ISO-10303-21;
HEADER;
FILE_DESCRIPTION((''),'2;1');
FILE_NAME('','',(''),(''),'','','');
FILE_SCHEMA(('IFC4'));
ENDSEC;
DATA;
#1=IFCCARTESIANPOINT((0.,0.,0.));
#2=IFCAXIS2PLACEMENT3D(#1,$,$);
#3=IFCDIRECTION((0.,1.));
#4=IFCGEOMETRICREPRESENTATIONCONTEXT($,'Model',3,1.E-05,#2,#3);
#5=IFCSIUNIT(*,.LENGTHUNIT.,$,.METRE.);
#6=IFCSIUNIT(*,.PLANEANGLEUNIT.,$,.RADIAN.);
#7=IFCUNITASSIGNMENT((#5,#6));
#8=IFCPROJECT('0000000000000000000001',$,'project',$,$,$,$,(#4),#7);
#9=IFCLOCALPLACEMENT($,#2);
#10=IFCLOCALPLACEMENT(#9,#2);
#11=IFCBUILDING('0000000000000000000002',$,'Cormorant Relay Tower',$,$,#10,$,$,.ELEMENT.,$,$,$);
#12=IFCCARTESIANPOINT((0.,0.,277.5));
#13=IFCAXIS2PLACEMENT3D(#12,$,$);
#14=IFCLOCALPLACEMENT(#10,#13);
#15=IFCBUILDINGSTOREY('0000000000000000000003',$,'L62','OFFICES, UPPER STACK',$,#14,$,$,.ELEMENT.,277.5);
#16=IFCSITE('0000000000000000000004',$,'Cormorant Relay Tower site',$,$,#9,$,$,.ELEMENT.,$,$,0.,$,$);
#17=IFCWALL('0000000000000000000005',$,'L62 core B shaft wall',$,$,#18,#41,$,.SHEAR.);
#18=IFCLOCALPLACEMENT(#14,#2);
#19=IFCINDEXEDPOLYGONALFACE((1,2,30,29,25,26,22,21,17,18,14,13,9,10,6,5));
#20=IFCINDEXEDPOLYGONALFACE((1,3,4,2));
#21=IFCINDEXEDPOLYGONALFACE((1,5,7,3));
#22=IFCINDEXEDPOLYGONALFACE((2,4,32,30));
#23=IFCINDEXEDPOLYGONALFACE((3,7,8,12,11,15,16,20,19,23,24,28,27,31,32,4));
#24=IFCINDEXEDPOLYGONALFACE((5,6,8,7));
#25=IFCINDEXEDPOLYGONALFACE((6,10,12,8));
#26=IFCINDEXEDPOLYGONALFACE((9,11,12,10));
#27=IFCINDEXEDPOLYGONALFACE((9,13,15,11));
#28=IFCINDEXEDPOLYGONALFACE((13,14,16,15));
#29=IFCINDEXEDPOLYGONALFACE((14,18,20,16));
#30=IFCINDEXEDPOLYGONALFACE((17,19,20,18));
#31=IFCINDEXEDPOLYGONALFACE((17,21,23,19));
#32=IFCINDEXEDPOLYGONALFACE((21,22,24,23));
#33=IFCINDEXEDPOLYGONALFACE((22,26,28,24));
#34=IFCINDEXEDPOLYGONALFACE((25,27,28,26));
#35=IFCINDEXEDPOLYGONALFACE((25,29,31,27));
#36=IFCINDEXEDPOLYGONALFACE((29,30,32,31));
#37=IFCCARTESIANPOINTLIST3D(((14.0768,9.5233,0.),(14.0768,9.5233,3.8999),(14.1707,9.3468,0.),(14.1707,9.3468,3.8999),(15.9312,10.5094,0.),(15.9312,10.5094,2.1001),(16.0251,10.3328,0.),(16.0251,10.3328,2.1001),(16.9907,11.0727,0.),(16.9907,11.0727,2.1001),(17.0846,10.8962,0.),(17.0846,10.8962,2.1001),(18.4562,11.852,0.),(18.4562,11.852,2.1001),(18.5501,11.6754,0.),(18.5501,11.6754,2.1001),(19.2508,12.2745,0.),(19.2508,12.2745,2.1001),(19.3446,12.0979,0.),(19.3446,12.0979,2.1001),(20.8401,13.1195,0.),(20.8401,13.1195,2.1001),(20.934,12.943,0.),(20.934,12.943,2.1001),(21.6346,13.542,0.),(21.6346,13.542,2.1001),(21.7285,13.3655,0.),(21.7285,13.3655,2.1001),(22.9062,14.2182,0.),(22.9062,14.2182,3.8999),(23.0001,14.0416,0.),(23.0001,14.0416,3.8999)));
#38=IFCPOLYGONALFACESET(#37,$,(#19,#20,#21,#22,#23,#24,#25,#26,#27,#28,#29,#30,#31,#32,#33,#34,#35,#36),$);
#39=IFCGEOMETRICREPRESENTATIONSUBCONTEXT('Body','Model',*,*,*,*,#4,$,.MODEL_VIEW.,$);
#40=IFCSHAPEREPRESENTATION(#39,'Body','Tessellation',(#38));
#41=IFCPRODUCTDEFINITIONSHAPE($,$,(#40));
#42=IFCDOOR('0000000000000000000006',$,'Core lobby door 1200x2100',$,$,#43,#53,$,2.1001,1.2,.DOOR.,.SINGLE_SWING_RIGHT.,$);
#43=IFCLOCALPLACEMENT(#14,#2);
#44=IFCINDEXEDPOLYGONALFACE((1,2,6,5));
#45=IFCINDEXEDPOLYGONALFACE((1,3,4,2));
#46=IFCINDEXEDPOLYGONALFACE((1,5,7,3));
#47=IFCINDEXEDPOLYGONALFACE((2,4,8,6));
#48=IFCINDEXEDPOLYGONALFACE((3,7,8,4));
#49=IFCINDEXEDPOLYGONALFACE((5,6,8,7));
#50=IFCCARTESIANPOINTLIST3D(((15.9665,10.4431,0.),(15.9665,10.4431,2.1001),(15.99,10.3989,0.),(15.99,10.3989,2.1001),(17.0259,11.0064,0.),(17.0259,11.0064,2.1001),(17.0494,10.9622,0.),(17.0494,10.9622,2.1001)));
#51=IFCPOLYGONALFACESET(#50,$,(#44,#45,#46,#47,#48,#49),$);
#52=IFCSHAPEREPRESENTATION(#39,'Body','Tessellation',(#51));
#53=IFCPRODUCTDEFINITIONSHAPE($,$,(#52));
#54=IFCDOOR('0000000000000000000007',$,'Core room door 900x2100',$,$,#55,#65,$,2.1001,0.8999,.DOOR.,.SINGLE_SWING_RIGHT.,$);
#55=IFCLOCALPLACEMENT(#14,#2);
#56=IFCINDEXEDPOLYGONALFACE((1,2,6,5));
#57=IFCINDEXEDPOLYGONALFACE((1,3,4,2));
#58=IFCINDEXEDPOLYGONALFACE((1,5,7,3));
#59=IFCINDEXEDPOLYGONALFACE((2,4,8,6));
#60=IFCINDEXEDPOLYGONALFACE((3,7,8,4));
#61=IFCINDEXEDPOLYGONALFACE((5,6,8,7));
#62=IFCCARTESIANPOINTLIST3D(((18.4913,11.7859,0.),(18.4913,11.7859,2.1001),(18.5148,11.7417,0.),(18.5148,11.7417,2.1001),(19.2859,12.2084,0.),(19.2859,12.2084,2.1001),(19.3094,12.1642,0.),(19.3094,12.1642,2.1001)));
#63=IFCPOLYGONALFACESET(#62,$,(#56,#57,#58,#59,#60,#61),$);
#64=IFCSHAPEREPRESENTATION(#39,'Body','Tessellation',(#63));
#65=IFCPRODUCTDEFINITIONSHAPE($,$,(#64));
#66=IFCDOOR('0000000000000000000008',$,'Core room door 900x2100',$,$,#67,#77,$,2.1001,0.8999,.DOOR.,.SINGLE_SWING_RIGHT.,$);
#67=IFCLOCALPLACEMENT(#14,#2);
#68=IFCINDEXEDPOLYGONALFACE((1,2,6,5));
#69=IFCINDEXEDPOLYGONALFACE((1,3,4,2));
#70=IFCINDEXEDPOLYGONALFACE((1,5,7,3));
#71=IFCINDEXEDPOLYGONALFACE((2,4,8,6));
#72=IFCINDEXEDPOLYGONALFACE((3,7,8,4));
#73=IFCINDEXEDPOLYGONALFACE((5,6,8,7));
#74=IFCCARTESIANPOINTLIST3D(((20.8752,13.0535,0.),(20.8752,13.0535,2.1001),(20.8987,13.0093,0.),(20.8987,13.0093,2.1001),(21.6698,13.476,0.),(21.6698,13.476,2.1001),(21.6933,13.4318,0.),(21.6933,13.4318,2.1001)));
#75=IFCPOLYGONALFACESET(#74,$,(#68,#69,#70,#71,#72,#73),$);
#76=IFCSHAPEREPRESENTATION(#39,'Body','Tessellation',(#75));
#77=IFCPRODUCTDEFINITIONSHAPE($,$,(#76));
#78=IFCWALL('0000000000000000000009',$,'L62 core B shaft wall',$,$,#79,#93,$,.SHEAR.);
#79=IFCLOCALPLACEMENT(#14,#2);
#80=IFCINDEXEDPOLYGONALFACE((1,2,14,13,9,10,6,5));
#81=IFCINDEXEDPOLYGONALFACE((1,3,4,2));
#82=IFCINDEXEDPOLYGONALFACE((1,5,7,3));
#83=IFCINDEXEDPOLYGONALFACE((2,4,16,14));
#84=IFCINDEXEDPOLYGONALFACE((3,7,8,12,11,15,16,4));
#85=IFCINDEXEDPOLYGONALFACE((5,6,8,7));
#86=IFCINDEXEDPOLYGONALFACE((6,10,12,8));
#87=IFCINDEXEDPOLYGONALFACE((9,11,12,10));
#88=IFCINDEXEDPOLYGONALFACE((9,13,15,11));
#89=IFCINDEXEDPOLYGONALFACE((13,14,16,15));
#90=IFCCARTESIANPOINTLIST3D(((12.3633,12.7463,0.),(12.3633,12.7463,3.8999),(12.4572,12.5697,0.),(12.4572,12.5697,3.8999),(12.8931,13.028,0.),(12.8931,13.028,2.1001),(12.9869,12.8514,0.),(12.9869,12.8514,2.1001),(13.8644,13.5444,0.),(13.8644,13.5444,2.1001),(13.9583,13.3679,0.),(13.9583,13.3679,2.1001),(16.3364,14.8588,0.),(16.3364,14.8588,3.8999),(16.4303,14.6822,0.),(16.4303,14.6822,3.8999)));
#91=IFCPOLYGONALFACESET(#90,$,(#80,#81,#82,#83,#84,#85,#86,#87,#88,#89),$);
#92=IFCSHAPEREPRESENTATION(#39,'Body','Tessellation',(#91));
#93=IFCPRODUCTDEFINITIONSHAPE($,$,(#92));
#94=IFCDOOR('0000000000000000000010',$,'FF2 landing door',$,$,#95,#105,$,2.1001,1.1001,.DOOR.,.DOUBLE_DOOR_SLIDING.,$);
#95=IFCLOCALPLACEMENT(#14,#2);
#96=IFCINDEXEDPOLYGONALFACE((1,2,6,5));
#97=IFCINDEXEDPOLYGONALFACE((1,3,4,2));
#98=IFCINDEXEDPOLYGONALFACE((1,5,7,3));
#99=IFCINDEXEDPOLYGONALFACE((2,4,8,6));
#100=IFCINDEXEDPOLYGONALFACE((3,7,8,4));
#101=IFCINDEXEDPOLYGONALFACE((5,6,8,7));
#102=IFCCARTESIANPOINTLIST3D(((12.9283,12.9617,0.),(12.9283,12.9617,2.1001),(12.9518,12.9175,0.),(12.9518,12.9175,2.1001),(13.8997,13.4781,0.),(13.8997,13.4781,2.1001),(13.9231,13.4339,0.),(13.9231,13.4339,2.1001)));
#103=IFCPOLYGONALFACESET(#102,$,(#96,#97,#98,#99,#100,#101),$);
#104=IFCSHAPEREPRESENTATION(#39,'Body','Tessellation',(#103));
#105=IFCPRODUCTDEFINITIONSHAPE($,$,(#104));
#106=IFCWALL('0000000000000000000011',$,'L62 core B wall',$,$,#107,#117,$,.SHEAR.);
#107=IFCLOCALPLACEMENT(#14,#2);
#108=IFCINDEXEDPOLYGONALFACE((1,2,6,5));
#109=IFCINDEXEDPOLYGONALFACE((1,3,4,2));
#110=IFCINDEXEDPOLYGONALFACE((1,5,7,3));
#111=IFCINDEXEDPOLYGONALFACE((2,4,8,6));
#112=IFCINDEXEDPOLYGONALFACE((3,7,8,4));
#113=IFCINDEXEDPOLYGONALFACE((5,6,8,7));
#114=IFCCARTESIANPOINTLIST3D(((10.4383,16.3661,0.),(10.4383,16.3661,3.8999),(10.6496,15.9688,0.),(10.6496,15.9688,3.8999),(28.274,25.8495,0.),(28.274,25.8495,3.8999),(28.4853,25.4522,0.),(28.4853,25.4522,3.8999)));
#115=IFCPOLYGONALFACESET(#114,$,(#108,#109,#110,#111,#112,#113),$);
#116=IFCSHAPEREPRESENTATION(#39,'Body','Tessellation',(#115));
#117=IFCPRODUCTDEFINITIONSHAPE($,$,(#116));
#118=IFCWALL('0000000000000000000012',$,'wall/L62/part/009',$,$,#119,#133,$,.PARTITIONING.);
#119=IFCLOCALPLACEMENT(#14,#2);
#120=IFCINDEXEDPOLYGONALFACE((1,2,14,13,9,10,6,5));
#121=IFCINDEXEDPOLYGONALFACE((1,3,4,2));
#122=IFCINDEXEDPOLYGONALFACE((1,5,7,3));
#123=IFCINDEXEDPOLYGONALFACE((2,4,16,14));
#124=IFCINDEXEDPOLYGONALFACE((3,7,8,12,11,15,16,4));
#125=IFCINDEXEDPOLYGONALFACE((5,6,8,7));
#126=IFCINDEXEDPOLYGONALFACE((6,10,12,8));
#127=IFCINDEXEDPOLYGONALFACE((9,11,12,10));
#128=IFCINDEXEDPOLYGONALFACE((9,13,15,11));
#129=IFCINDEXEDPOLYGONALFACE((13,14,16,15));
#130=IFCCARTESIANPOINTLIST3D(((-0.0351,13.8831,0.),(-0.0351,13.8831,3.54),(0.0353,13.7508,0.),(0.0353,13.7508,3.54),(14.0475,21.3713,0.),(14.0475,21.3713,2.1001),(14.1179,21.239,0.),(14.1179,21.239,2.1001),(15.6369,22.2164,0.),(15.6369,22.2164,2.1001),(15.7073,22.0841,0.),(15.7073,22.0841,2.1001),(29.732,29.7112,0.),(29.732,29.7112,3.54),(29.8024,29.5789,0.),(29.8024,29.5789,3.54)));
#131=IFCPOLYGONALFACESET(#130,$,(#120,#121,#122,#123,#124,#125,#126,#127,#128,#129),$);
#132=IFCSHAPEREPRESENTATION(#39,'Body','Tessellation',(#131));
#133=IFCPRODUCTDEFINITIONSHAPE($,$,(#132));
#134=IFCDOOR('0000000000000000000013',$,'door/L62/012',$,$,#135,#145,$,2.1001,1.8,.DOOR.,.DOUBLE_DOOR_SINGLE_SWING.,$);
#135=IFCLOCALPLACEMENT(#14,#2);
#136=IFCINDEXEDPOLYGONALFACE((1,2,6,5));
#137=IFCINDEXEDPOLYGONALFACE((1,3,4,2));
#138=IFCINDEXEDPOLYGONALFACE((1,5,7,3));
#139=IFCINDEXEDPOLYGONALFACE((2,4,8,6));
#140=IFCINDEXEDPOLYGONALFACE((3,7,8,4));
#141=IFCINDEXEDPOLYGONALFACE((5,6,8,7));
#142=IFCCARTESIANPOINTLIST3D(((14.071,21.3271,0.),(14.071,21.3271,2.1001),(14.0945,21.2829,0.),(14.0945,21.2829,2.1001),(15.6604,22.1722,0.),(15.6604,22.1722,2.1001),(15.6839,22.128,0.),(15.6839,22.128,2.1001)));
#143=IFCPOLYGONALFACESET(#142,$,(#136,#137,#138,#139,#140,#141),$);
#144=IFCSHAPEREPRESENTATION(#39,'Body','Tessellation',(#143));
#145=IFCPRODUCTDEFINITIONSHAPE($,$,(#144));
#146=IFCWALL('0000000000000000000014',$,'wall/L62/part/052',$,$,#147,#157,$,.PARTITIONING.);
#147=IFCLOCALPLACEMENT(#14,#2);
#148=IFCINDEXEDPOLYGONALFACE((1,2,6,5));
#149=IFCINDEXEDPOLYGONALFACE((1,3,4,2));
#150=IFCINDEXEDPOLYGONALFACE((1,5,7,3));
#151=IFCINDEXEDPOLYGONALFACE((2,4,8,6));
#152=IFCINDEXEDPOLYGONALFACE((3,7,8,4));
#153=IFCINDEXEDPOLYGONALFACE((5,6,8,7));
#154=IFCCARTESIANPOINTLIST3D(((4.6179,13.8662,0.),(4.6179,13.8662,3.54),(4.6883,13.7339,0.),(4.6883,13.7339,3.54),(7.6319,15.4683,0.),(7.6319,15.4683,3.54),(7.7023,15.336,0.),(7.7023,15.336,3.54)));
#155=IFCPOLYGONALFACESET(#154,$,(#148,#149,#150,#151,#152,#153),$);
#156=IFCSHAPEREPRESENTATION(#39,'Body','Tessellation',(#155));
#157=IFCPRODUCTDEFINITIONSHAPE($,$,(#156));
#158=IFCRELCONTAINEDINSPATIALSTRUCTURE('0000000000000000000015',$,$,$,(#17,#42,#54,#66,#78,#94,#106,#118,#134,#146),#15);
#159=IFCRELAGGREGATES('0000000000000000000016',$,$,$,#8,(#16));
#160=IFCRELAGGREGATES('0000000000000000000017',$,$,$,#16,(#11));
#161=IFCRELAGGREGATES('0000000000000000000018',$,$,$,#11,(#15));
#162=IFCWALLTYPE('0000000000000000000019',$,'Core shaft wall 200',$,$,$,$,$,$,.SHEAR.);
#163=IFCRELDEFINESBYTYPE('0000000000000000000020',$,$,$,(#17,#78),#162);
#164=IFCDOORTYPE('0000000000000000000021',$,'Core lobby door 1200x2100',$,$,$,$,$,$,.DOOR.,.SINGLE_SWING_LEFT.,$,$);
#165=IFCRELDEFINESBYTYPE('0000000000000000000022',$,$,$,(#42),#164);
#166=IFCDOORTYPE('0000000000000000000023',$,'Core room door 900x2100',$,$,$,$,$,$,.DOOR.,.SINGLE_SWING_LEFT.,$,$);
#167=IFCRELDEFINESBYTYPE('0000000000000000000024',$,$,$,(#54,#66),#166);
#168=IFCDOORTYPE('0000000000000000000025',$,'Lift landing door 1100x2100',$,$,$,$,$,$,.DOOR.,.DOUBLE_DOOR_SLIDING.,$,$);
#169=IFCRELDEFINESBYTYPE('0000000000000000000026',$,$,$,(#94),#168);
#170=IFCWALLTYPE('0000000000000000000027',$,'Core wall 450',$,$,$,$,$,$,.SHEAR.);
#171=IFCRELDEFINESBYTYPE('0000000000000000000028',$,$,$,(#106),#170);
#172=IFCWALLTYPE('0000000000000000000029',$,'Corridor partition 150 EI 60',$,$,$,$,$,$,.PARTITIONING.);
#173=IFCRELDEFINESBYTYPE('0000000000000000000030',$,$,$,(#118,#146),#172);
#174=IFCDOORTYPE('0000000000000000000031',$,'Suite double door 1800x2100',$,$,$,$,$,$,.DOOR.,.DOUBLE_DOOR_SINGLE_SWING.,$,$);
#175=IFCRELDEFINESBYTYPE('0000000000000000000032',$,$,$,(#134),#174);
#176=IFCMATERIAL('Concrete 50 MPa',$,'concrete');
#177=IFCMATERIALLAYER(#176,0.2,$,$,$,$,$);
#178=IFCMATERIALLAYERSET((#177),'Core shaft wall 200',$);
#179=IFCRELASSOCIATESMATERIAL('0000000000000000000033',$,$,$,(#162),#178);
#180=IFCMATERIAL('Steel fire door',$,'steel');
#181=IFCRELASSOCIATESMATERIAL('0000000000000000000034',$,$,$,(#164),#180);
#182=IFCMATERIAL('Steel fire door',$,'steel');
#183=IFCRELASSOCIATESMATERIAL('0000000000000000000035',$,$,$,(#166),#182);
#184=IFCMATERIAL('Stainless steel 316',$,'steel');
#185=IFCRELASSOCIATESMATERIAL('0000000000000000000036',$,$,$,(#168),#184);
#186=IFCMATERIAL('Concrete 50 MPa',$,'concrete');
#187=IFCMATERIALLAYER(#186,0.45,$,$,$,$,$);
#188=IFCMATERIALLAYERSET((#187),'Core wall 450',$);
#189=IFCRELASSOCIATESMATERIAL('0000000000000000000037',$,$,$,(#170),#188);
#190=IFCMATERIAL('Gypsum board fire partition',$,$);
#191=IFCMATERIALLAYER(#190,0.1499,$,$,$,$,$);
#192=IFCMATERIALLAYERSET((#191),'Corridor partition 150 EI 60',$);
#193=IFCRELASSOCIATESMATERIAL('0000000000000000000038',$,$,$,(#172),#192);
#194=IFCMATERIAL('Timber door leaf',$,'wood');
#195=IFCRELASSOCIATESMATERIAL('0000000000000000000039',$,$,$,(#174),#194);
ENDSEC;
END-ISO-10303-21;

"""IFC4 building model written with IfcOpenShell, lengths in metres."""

from ifc_helpers import new_model, si_unit, direction, frame, frame_2d, origin, place, context, subcontext, project, spatial, rectangle, extrude, material, layer, layer_set, type_object, element, fill, save


model = new_model("IFC4")

# Units and contexts
model_context = context("Model", 3, precision=1e-05, world=origin(), true_north=direction((0.0, 1.0)))
body_context = subcontext(model_context, "Body", "Model", "MODEL_VIEW")
ifc_project = project(units=[si_unit("LENGTHUNIT", "METRE"), si_unit("PLANEANGLEUNIT", "RADIAN")], contexts=[model_context])

# Site, building, storey
site_placement = place(None, origin())
site = spatial("IfcSite", under=ifc_project, at=site_placement, Name="Cormorant Relay Tower site", CompositionType="ELEMENT", RefElevation=0.0)
building_placement = place(site_placement, origin())
building = spatial("IfcBuilding", under=site, at=building_placement, Name="Cormorant Relay Tower", CompositionType="ELEMENT")
storey_placement = place(building_placement, frame((0.0, 0.0, 277.5)))
storey = spatial("IfcBuildingStorey", under=building, at=storey_placement, Name="L62", Description="OFFICES, UPPER STACK", CompositionType="ELEMENT", Elevation=277.5)

# Wall, openings, doors
ifc_material_1 = material(Name="Concrete 50 MPa", Category="concrete")
ifc_layer_1 = layer(ifc_material_1, 0.2)
ifc_layer_set_1 = layer_set([ifc_layer_1], Name="Core shaft wall 200")
wall_type_1 = type_object("IfcWallType", Name="Core shaft wall 200", PredefinedType="SHEAR", material=ifc_layer_set_1)
wall_1_placement = place(storey_placement, frame((14.1238, 9.4351, 0.0), z_axis=(0.0, 0.0, 1.0), x_axis=(0.88294, 0.469485, 0.0)))
wall_1 = element("IfcWall", 1, at=wall_1_placement, inside=storey, type_object=wall_type_1, Name="L62 core B shaft wall", PredefinedType="SHEAR", context=body_context, shape_type="SweptSolid", body=[
    extrude(rectangle(XDim=10.0, YDim=0.2, at=frame_2d((5.0, 0.0))), origin(), (0.0, 0.0, 1.0), 3.8999),
])
opening_1_placement = place(wall_1_placement, frame((2.1001, 0.0, 0.0)))
opening_1 = element("IfcOpeningElement", 2, at=opening_1_placement, cuts=wall_1, PredefinedType="OPENING", context=body_context, shape_type="SweptSolid", body=[
    extrude(rectangle(XDim=1.2, YDim=2.1001, at=frame_2d((0.6001, 1.05))), frame((0.0, 0.1099, 0.0), z_axis=(0.0, -1.0, 0.0), x_axis=(1.0, 0.0, 0.0)), (0.0, 0.0, 1.0), 0.22),
])
opening_2_placement = place(wall_1_placement, frame((4.96, 0.0, 0.0)))
opening_2 = element("IfcOpeningElement", 3, at=opening_2_placement, cuts=wall_1, PredefinedType="OPENING", context=body_context, shape_type="SweptSolid", body=[
    extrude(rectangle(XDim=0.8999, YDim=2.1001, at=frame_2d((0.45, 1.05))), frame((0.0, 0.1099, 0.0), z_axis=(0.0, -1.0, 0.0), x_axis=(1.0, 0.0, 0.0)), (0.0, 0.0, 1.0), 0.22),
])
opening_3_placement = place(wall_1_placement, frame((7.6599, 0.0, 0.0)))
opening_3 = element("IfcOpeningElement", 4, at=opening_3_placement, cuts=wall_1, PredefinedType="OPENING", context=body_context, shape_type="SweptSolid", body=[
    extrude(rectangle(XDim=0.8999, YDim=2.1001, at=frame_2d((0.45, 1.05))), frame((0.0, 0.1099, 0.0), z_axis=(0.0, -1.0, 0.0), x_axis=(1.0, 0.0, 0.0)), (0.0, 0.0, 1.0), 0.22),
])
ifc_material_2 = material(Name="Steel fire door", Category="steel")
door_type_1 = type_object("IfcDoorType", Name="Core lobby door 1200x2100", OperationType="SINGLE_SWING_LEFT", PredefinedType="DOOR", material=ifc_material_2)
door_1_placement = place(opening_1_placement, origin())
door_1 = element("IfcDoor", 5, at=door_1_placement, inside=storey, type_object=door_type_1, Name="Core lobby door 1200x2100", OperationType="SINGLE_SWING_RIGHT", OverallHeight=2.1001, OverallWidth=1.2, PredefinedType="DOOR", context=body_context, shape_type="SweptSolid", body=[
    extrude(rectangle(XDim=1.2, YDim=2.1001, at=frame_2d((0.6001, 1.05))), frame((0.0, 0.0249, 0.0), z_axis=(0.0, -1.0, 0.0), x_axis=(1.0, 0.0, 0.0)), (0.0, 0.0, 1.0), 0.05),
])
fill(opening_1, door_1)
ifc_material_3 = material(Name="Steel fire door", Category="steel")
door_type_2 = type_object("IfcDoorType", Name="Core room door 900x2100", OperationType="SINGLE_SWING_LEFT", PredefinedType="DOOR", material=ifc_material_3)
door_2_placement = place(opening_2_placement, frame((0.8999, 0.0, 0.0), z_axis=(0.0, 0.0, 1.0), x_axis=(-1.0, 0.0, 0.0)))
door_2 = element("IfcDoor", 6, at=door_2_placement, inside=storey, type_object=door_type_2, Name="Core room door 900x2100", OperationType="SINGLE_SWING_RIGHT", OverallHeight=2.1001, OverallWidth=0.8999, PredefinedType="DOOR", context=body_context, shape_type="SweptSolid", body=[
    extrude(rectangle(XDim=0.8999, YDim=2.1001, at=frame_2d((0.45, 1.05))), frame((0.0, 0.0249, 0.0), z_axis=(0.0, -1.0, 0.0), x_axis=(1.0, 0.0, 0.0)), (0.0, 0.0, 1.0), 0.05),
])
fill(opening_2, door_2)
door_3_placement = place(opening_3_placement, frame((0.8999, 0.0, 0.0), z_axis=(0.0, 0.0, 1.0), x_axis=(-1.0, 0.0, 0.0)))
door_3 = element("IfcDoor", 7, at=door_3_placement, inside=storey, type_object=door_type_2, Name="Core room door 900x2100", OperationType="SINGLE_SWING_RIGHT", OverallHeight=2.1001, OverallWidth=0.8999, PredefinedType="DOOR", context=body_context, shape_type="SweptSolid", body=[
    extrude(rectangle(XDim=0.8999, YDim=2.1001, at=frame_2d((0.45, 1.05))), frame((0.0, 0.0249, 0.0), z_axis=(0.0, -1.0, 0.0), x_axis=(1.0, 0.0, 0.0)), (0.0, 0.0, 1.0), 0.05),
])
fill(opening_3, door_3)

# Wall, opening, door
wall_2_placement = place(storey_placement, frame((12.4102, 12.658, 0.0), z_axis=(0.0, 0.0, 1.0), x_axis=(0.882948, 0.46947, 0.0)))
wall_2 = element("IfcWall", 8, at=wall_2_placement, inside=storey, type_object=wall_type_1, Name="L62 core B shaft wall", PredefinedType="SHEAR", context=body_context, shape_type="SweptSolid", body=[
    extrude(rectangle(XDim=4.4998, YDim=0.2, at=frame_2d((2.25, 0.0))), origin(), (0.0, 0.0, 1.0), 3.8999),
])
opening_4_placement = place(wall_2_placement, frame((0.6001, 0.0, 0.0)))
opening_4 = element("IfcOpeningElement", 9, at=opening_4_placement, cuts=wall_2, PredefinedType="OPENING", context=body_context, shape_type="SweptSolid", body=[
    extrude(rectangle(XDim=1.1001, YDim=2.1001, at=frame_2d((0.55, 1.05))), frame((0.0, 0.1099, 0.0), z_axis=(0.0, -1.0, 0.0), x_axis=(1.0, 0.0, 0.0)), (0.0, 0.0, 1.0), 0.22),
])
ifc_material_4 = material(Name="Stainless steel 316", Category="steel")
door_type_3 = type_object("IfcDoorType", Name="Lift landing door 1100x2100", OperationType="DOUBLE_DOOR_SLIDING", PredefinedType="DOOR", material=ifc_material_4)
door_4_placement = place(opening_4_placement, origin())
door_4 = element("IfcDoor", 10, at=door_4_placement, inside=storey, type_object=door_type_3, Name="FF2 landing door", OperationType="DOUBLE_DOOR_SLIDING", OverallHeight=2.1001, OverallWidth=1.1001, PredefinedType="DOOR", context=body_context, shape_type="SweptSolid", body=[
    extrude(rectangle(XDim=1.1001, YDim=2.1001, at=frame_2d((0.55, 1.05))), frame((0.0, 0.0249, 0.0), z_axis=(0.0, -1.0, 0.0), x_axis=(1.0, 0.0, 0.0)), (0.0, 0.0, 1.0), 0.05),
])
fill(opening_4, door_4)

# Wall
ifc_material_5 = material(Name="Concrete 50 MPa", Category="concrete")
ifc_layer_2 = layer(ifc_material_5, 0.45)
ifc_layer_set_2 = layer_set([ifc_layer_2], Name="Core wall 450")
wall_type_2 = type_object("IfcWallType", Name="Core wall 450", PredefinedType="SHEAR", material=ifc_layer_set_2)
wall_3_placement = place(storey_placement, frame((10.5439, 16.1675, 0.0), z_axis=(0.0, 0.0, 1.0), x_axis=(0.882948, 0.469471, 0.0)))
element("IfcWall", 11, at=wall_3_placement, inside=storey, type_object=wall_type_2, Name="L62 core B wall", PredefinedType="SHEAR", context=body_context, shape_type="SweptSolid", body=[
    extrude(rectangle(XDim=20.2002, YDim=0.45, at=frame_2d((10.1001, 0.0))), origin(), (0.0, 0.0, 1.0), 3.8999),
])

# Wall, opening, door
ifc_material_6 = material(Name="Gypsum board fire partition")
ifc_layer_3 = layer(ifc_material_6, 0.1499)
ifc_layer_set_3 = layer_set([ifc_layer_3], Name="Corridor partition 150 EI 60")
wall_type_3 = type_object("IfcWallType", Name="Corridor partition 150 EI 60", PredefinedType="PARTITIONING", material=ifc_layer_set_3)
wall_4_placement = place(storey_placement, frame((0.0, 13.8169, 0.0), z_axis=(0.0, 0.0, 1.0), x_axis=(0.882939, 0.469487, 0.0)))
wall_4 = element("IfcWall", 12, at=wall_4_placement, inside=storey, type_object=wall_type_3, Name="wall/L62/part/009", PredefinedType="PARTITIONING", context=body_context, shape_type="SweptSolid", body=[
    extrude(rectangle(XDim=33.7136, YDim=0.1499, at=frame_2d((16.8569, 0.0))), origin(), (0.0, 0.0, 1.0), 3.54),
])
opening_5_placement = place(wall_4_placement, frame((15.95, 0.0, 0.0)))
opening_5 = element("IfcOpeningElement", 13, at=opening_5_placement, cuts=wall_4, PredefinedType="OPENING", context=body_context, shape_type="SweptSolid", body=[
    extrude(rectangle(XDim=1.8, YDim=2.1001, at=frame_2d((0.8999, 1.05))), frame((0.0, 0.085, 0.0), z_axis=(0.0, -1.0, 0.0), x_axis=(1.0, 0.0, 0.0)), (0.0, 0.0, 1.0), 0.1699),
])
ifc_material_7 = material(Name="Timber door leaf", Category="wood")
door_type_4 = type_object("IfcDoorType", Name="Suite double door 1800x2100", OperationType="DOUBLE_DOOR_SINGLE_SWING", PredefinedType="DOOR", material=ifc_material_7)
door_5_placement = place(opening_5_placement, origin())
door_5 = element("IfcDoor", 14, at=door_5_placement, inside=storey, type_object=door_type_4, Name="door/L62/012", OperationType="DOUBLE_DOOR_SINGLE_SWING", OverallHeight=2.1001, OverallWidth=1.8, PredefinedType="DOOR", context=body_context, shape_type="SweptSolid", body=[
    extrude(rectangle(XDim=1.8, YDim=2.1001, at=frame_2d((0.8999, 1.05))), frame((0.0, 0.0249, 0.0), z_axis=(0.0, -1.0, 0.0), x_axis=(1.0, 0.0, 0.0)), (0.0, 0.0, 1.0), 0.05),
])
fill(opening_5, door_5)

# Wall
wall_5_placement = place(storey_placement, frame((7.667, 15.4021, 0.0), z_axis=(0.0, 0.0, 1.0), x_axis=(-0.883005, -0.469363, 0.0)))
element("IfcWall", 15, at=wall_5_placement, inside=storey, type_object=wall_type_3, Name="wall/L62/part/052", PredefinedType="PARTITIONING", context=body_context, shape_type="SweptSolid", body=[
    extrude(rectangle(XDim=3.4133, YDim=0.1499, at=frame_2d((1.7065, 0.0))), origin(), (0.0, 0.0, 1.0), 3.54),
])

save(model, "model.ifc")
